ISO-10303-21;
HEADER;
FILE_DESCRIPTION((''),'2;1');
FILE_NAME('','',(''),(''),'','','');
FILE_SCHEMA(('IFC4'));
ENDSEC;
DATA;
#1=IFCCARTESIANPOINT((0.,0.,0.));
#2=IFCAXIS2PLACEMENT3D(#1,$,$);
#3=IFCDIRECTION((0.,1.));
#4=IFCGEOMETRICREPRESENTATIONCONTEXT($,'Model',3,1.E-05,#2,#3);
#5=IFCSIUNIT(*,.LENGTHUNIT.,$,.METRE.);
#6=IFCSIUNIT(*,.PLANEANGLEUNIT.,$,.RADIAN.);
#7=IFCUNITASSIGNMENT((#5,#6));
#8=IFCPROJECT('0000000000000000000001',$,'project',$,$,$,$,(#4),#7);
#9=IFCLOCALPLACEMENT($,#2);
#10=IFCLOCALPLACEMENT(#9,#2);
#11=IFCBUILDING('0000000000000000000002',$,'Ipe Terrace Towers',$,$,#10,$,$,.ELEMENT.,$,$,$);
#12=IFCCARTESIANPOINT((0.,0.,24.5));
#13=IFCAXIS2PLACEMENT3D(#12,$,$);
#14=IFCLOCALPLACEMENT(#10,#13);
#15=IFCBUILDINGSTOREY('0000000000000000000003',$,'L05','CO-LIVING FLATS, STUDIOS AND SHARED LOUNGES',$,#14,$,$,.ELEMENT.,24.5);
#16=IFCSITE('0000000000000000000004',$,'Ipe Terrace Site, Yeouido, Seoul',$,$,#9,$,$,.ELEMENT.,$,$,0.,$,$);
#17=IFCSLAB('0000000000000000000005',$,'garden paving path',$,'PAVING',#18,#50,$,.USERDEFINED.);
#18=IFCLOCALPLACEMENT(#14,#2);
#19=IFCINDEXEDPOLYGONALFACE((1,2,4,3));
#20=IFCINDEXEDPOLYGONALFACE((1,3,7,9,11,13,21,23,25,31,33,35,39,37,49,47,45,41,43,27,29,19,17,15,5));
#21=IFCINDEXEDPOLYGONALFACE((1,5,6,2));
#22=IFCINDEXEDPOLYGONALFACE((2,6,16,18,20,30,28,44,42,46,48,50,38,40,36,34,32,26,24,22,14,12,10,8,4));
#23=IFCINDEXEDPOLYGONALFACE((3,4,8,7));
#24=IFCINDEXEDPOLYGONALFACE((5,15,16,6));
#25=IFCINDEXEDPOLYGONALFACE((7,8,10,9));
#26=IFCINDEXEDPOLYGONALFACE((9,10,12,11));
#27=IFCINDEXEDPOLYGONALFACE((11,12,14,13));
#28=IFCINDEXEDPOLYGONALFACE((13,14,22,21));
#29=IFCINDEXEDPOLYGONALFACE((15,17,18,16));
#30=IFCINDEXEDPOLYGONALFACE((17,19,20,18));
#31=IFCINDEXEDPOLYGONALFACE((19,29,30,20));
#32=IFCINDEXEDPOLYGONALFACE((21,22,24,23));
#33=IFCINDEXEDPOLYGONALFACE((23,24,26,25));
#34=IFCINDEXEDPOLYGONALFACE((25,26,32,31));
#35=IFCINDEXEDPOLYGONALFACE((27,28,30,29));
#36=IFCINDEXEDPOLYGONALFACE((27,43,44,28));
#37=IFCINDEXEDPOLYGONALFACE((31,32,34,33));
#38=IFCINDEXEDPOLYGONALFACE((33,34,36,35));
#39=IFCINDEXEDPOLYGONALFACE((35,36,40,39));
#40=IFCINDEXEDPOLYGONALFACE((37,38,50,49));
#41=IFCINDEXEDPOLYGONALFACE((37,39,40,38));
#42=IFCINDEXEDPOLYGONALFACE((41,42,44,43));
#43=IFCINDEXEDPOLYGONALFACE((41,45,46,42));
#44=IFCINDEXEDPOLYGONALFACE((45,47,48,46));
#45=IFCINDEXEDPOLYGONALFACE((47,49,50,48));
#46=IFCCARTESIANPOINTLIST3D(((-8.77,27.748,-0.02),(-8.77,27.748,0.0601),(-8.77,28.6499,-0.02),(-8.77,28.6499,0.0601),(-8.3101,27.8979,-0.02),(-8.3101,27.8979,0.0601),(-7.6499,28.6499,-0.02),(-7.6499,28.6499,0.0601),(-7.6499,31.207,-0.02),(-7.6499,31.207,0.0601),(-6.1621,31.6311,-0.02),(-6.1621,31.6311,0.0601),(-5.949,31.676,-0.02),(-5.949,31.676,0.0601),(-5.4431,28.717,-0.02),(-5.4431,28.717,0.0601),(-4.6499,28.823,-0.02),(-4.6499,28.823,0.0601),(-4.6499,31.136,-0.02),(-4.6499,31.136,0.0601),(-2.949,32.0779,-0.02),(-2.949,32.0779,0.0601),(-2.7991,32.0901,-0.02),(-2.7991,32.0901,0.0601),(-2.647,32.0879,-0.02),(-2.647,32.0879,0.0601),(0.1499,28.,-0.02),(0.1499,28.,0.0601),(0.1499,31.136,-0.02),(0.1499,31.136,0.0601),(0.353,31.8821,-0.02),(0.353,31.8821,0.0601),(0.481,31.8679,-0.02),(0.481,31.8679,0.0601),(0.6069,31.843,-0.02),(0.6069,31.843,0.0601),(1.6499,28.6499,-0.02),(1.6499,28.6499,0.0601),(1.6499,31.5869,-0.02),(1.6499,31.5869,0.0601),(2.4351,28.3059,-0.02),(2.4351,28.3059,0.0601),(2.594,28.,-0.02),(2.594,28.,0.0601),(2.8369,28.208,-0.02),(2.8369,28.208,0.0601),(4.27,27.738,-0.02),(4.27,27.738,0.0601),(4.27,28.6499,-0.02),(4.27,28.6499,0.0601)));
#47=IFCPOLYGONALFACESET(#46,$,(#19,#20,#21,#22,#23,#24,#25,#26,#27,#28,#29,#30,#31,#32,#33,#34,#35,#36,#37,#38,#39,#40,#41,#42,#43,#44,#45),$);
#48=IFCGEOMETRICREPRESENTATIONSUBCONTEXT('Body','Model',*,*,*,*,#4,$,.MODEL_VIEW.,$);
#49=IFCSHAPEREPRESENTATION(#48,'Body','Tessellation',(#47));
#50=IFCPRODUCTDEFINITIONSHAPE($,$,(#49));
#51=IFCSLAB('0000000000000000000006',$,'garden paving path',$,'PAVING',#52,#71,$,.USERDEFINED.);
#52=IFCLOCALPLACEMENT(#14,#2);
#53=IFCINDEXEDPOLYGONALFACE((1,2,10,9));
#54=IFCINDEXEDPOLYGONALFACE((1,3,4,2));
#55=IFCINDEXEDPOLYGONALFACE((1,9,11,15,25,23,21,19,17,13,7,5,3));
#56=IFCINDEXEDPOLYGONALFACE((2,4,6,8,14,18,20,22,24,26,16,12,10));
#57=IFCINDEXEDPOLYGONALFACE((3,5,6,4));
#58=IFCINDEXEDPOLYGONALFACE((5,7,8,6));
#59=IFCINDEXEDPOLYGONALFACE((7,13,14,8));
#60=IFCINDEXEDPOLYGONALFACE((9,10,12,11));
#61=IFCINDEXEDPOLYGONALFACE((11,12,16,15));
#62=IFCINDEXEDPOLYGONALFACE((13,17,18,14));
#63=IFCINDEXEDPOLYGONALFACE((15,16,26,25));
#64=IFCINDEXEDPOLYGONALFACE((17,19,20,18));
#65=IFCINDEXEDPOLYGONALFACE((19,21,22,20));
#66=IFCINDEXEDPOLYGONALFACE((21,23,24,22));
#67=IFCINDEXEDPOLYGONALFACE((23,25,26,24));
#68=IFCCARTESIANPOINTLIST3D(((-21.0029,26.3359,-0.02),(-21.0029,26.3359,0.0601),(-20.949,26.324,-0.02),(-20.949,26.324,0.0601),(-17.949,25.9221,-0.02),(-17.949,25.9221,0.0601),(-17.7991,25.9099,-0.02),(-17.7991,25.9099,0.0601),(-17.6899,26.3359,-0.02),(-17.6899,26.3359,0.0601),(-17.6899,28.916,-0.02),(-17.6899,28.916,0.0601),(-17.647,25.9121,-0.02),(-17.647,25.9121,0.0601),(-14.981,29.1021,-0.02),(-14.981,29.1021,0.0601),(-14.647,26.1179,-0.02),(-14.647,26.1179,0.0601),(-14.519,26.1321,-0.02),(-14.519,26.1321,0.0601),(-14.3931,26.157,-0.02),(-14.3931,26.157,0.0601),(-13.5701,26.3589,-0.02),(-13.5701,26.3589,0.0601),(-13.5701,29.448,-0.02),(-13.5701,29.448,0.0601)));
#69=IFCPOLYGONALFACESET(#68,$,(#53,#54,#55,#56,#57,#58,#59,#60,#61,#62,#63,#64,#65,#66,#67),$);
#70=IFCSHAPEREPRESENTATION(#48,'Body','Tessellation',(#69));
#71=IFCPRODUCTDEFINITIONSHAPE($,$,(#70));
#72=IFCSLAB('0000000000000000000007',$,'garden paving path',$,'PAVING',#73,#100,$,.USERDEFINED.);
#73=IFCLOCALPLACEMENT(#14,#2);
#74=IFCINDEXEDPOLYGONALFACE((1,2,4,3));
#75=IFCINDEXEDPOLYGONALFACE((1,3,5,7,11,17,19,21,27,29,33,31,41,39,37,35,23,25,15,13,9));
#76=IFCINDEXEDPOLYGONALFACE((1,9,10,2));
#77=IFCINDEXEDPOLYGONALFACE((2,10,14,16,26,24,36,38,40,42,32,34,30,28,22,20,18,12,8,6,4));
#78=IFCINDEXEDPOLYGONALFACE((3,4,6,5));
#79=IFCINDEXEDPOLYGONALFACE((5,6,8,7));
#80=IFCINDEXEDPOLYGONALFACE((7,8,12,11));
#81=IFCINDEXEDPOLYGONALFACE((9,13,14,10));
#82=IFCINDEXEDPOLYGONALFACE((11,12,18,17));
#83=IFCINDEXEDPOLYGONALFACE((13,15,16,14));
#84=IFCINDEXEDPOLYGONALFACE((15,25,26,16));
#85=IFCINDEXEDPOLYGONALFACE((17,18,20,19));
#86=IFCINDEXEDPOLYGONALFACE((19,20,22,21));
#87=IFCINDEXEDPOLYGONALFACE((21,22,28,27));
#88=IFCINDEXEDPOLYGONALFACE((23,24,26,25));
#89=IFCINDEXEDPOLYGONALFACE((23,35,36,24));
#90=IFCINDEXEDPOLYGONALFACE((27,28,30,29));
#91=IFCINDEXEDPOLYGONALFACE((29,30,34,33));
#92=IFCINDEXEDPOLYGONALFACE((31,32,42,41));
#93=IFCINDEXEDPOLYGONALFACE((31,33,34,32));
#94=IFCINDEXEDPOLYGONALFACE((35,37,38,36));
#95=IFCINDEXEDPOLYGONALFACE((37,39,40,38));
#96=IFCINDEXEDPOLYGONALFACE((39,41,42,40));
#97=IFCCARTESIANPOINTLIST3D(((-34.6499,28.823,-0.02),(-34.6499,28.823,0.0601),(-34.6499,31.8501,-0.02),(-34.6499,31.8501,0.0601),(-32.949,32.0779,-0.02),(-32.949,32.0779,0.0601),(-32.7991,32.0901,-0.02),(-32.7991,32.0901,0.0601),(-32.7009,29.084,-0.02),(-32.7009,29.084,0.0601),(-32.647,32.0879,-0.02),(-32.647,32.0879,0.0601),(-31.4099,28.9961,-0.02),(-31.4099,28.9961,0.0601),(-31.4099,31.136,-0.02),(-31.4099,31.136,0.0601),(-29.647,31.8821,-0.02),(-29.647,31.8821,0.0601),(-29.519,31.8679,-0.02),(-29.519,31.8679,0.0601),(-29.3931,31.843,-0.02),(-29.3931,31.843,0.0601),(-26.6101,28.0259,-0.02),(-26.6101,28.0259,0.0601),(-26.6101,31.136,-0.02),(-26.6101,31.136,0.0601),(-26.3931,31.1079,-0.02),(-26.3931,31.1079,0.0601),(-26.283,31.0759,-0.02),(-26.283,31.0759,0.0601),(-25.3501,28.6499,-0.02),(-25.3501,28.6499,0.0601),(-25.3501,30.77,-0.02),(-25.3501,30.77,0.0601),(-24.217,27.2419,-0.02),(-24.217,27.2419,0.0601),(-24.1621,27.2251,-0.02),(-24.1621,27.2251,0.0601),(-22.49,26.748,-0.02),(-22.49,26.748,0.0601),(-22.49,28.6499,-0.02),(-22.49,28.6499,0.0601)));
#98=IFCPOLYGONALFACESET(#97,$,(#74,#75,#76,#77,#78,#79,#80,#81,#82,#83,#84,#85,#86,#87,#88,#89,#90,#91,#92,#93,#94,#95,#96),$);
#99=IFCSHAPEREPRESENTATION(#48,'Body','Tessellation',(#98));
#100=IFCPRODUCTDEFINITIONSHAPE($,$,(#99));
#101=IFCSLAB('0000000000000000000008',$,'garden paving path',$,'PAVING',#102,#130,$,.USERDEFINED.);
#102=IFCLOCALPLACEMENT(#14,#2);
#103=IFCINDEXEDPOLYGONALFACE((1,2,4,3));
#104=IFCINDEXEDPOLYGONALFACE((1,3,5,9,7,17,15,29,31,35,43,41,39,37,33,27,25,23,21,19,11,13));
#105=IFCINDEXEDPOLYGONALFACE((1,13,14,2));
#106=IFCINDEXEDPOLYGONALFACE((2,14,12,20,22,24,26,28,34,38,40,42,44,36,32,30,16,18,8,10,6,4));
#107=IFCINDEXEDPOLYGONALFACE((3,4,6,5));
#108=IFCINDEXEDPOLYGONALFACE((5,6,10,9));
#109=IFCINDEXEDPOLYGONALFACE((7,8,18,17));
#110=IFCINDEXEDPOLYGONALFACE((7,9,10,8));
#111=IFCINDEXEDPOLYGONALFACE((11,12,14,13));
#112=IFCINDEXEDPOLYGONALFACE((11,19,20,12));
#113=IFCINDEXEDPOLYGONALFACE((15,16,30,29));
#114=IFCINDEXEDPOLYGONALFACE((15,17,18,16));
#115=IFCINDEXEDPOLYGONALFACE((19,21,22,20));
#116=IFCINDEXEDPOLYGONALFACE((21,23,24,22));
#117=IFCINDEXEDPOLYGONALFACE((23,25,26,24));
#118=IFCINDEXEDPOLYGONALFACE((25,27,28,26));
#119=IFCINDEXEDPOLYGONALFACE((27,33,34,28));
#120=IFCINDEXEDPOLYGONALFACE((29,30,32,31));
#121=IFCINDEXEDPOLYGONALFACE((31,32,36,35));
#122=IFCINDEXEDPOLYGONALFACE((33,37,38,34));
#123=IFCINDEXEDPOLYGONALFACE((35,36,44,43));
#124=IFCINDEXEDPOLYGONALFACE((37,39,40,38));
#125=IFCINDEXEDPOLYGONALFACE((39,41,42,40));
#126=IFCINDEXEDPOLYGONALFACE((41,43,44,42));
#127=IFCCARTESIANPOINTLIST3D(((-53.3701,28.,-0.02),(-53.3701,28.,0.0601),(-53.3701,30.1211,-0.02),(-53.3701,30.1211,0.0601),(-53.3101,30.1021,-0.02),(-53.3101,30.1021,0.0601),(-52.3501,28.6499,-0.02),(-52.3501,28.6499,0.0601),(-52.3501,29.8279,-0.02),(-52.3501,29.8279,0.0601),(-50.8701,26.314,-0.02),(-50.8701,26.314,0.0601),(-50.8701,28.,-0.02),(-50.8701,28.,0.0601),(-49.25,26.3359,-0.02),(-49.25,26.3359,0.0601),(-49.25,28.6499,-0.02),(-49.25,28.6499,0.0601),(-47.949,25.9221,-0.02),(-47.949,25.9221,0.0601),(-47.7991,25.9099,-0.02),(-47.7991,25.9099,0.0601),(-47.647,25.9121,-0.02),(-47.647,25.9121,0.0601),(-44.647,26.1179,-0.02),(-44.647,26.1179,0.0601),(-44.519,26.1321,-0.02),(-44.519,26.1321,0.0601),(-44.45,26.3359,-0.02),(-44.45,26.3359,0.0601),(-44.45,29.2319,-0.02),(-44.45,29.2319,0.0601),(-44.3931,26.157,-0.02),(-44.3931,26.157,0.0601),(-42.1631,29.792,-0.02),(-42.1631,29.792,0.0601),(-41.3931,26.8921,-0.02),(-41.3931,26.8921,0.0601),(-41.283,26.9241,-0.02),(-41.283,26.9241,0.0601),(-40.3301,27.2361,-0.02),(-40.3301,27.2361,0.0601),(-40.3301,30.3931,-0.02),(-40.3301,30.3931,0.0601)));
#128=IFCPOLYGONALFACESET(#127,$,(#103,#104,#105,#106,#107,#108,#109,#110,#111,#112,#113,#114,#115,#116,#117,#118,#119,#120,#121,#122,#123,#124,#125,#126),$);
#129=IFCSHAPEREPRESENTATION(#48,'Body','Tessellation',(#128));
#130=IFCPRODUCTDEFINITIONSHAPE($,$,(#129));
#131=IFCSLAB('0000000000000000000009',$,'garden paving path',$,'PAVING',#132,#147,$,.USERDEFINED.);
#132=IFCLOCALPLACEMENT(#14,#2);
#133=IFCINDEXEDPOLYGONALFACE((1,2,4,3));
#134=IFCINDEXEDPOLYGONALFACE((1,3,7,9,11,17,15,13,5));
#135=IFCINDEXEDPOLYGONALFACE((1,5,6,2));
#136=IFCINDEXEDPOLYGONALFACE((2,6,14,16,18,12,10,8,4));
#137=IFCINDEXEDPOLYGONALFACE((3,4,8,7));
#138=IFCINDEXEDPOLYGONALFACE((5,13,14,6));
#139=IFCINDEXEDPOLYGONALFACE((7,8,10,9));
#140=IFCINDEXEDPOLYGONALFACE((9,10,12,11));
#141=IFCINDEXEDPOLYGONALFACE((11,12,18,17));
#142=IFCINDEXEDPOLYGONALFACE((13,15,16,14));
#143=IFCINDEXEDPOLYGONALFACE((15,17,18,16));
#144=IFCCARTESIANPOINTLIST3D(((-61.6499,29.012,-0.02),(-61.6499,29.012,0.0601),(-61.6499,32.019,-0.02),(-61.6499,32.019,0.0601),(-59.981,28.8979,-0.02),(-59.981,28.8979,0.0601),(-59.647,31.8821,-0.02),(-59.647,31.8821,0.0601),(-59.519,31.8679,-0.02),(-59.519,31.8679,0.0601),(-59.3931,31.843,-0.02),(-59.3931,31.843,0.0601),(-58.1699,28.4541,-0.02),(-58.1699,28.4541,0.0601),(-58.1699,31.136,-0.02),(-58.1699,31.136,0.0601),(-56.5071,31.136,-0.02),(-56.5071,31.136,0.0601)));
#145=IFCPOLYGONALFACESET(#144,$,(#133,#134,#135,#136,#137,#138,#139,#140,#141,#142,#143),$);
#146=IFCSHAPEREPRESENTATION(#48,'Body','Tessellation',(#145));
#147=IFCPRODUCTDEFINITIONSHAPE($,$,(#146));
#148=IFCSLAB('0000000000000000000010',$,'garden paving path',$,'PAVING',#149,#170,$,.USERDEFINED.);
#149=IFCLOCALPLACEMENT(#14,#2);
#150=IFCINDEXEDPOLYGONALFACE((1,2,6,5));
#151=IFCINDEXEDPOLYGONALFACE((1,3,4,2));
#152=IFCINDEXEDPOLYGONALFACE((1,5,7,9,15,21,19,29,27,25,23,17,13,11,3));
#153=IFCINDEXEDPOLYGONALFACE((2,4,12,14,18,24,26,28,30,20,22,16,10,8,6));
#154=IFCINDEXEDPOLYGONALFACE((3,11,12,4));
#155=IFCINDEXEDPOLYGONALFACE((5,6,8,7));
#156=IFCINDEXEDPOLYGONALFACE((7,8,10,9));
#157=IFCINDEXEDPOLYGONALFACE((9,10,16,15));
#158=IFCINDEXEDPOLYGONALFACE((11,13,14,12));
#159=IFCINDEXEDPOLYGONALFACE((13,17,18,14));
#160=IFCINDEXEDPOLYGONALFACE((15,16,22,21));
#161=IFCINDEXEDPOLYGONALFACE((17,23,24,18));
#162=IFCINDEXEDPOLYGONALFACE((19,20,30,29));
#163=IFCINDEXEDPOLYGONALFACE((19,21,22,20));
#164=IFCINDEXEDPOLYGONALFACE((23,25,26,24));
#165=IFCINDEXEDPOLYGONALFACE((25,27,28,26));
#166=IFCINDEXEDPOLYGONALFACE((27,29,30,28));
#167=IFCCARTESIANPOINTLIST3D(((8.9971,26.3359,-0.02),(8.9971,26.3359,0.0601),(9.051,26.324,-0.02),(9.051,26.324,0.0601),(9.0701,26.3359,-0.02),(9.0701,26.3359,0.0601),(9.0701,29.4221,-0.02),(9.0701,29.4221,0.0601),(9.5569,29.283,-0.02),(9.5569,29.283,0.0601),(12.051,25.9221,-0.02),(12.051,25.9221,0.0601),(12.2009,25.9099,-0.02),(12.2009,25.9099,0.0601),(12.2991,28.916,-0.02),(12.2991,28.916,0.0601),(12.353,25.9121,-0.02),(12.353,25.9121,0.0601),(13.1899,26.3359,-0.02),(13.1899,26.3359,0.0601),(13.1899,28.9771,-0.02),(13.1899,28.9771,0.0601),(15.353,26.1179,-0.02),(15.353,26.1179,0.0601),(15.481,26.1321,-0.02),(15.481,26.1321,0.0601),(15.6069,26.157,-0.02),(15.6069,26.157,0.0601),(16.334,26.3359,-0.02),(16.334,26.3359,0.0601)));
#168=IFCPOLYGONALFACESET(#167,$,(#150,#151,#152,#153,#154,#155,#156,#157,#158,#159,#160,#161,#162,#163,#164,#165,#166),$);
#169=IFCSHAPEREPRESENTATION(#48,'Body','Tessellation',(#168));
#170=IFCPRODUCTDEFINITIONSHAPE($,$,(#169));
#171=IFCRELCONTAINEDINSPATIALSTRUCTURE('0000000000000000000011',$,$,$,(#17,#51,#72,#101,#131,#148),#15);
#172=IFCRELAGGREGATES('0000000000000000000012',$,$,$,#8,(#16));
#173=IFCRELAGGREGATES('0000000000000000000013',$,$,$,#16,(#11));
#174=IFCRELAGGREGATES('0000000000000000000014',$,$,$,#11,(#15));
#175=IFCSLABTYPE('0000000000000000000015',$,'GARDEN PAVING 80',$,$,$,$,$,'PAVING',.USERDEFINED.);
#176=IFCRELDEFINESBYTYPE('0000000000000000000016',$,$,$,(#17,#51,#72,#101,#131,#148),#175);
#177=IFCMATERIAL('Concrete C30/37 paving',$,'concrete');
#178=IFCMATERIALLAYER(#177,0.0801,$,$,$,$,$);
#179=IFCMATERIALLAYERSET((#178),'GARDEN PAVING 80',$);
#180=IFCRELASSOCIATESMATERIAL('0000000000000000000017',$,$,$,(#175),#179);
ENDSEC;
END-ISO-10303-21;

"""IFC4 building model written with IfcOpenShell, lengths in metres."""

from ifc_helpers import new_model, si_unit, direction, frame, origin, place, context, subcontext, project, spatial, polyline, outline, extrude, material, layer, layer_set, type_object, element, save


model = new_model("IFC4")

# Units and contexts
model_context = context("Model", 3, precision=1e-05, world=origin(), true_north=direction((0.0, 1.0)))
body_context = subcontext(model_context, "Body", "Model", "MODEL_VIEW")
ifc_project = project(units=[si_unit("LENGTHUNIT", "METRE"), si_unit("PLANEANGLEUNIT", "RADIAN")], contexts=[model_context])

# Site, building, storey
site_placement = place(None, origin())
site = spatial("IfcSite", under=ifc_project, at=site_placement, Name="Ipe Terrace Site, Yeouido, Seoul", CompositionType="ELEMENT", RefElevation=0.0)
building_placement = place(site_placement, origin())
building = spatial("IfcBuilding", under=site, at=building_placement, Name="Ipe Terrace Towers", CompositionType="ELEMENT")
storey_placement = place(building_placement, frame((0.0, 0.0, 24.5)))
storey = spatial("IfcBuildingStorey", under=building, at=storey_placement, Name="L05", Description="CO-LIVING FLATS, STUDIOS AND SHARED LOUNGES", CompositionType="ELEMENT", Elevation=24.5)

# Slabs
ifc_material_1 = material(Name="Concrete C30/37 paving", Category="concrete")
ifc_layer_1 = layer(ifc_material_1, 0.0801)
ifc_layer_set_1 = layer_set([ifc_layer_1], Name="GARDEN PAVING 80")
slab_type_1 = type_object("IfcSlabType", Name="GARDEN PAVING 80", ElementType="PAVING", PredefinedType="USERDEFINED", material=ifc_layer_set_1)
slab_1_placement = place(storey_placement, frame((0.0, 0.0, -0.02)))
element("IfcSlab", 1, at=slab_1_placement, inside=storey, type_object=slab_type_1, Name="garden paving path", ObjectType="PAVING", PredefinedType="USERDEFINED", context=body_context, shape_type="SweptSolid", body=[
    extrude(outline(polyline([(-5.4431, 28.717), (-8.3101, 27.8979), (-8.77, 27.748), (-8.77, 28.6499), (-7.6499, 28.6499), (-7.6499, 31.207), (-6.1621, 31.6311), (-5.949, 31.676), (-2.949, 32.0779), (-2.7991, 32.0901), (-2.647, 32.0879), (0.353, 31.8821), (0.481, 31.8679), (0.6069, 31.843), (1.6499, 31.5869), (1.6499, 28.6499), (4.27, 28.6499), (4.27, 27.738), (2.8369, 28.208), (2.4351, 28.3059), (2.594, 28.0), (0.1499, 28.0), (0.1499, 31.136), (-4.6499, 31.136), (-4.6499, 28.823), (-5.4431, 28.717)])), origin(), (0.0, 0.0, 1.0), 0.0801),
])
slab_2_placement = place(storey_placement, frame((0.0, 0.0, -0.02)))
element("IfcSlab", 2, at=slab_2_placement, inside=storey, type_object=slab_type_1, Name="garden paving path", ObjectType="PAVING", PredefinedType="USERDEFINED", context=body_context, shape_type="SweptSolid", body=[
    extrude(outline(polyline([(-14.3931, 26.157), (-14.519, 26.1321), (-14.647, 26.1179), (-17.647, 25.9121), (-17.7991, 25.9099), (-17.949, 25.9221), (-20.949, 26.324), (-21.0029, 26.3359), (-17.6899, 26.3359), (-17.6899, 28.916), (-14.981, 29.1021), (-13.5701, 29.448), (-13.5701, 26.3589), (-14.3931, 26.157)])), origin(), (0.0, 0.0, 1.0), 0.0801),
])
slab_3_placement = place(storey_placement, frame((0.0, 0.0, -0.02)))
element("IfcSlab", 3, at=slab_3_placement, inside=storey, type_object=slab_type_1, Name="garden paving path", ObjectType="PAVING", PredefinedType="USERDEFINED", context=body_context, shape_type="SweptSolid", body=[
    extrude(outline(polyline([(-24.1621, 27.2251), (-24.217, 27.2419), (-26.6101, 28.0259), (-26.6101, 31.136), (-31.4099, 31.136), (-31.4099, 28.9961), (-32.7009, 29.084), (-34.6499, 28.823), (-34.6499, 31.8501), (-32.949, 32.0779), (-32.7991, 32.0901), (-32.647, 32.0879), (-29.647, 31.8821), (-29.519, 31.8679), (-29.3931, 31.843), (-26.3931, 31.1079), (-26.283, 31.0759), (-25.3501, 30.77), (-25.3501, 28.6499), (-22.49, 28.6499), (-22.49, 26.748), (-24.1621, 27.2251)])), origin(), (0.0, 0.0, 1.0), 0.0801),
])
slab_4_placement = place(storey_placement, frame((0.0, 0.0, -0.02)))
element("IfcSlab", 4, at=slab_4_placement, inside=storey, type_object=slab_type_1, Name="garden paving path", ObjectType="PAVING", PredefinedType="USERDEFINED", context=body_context, shape_type="SweptSolid", body=[
    extrude(outline(polyline([(-41.283, 26.9241), (-41.3931, 26.8921), (-44.3931, 26.157), (-44.519, 26.1321), (-44.647, 26.1179), (-47.647, 25.9121), (-47.7991, 25.9099), (-47.949, 25.9221), (-50.8701, 26.314), (-50.8701, 28.0), (-53.3701, 28.0), (-53.3701, 30.1211), (-53.3101, 30.1021), (-52.3501, 29.8279), (-52.3501, 28.6499), (-49.25, 28.6499), (-49.25, 26.3359), (-44.45, 26.3359), (-44.45, 29.2319), (-42.1631, 29.792), (-40.3301, 30.3931), (-40.3301, 27.2361), (-41.283, 26.9241)])), origin(), (0.0, 0.0, 1.0), 0.0801),
])
slab_5_placement = place(storey_placement, frame((0.0, 0.0, -0.02)))
element("IfcSlab", 5, at=slab_5_placement, inside=storey, type_object=slab_type_1, Name="garden paving path", ObjectType="PAVING", PredefinedType="USERDEFINED", context=body_context, shape_type="SweptSolid", body=[
    extrude(outline(polyline([(-59.981, 28.8979), (-61.6499, 29.012), (-61.6499, 32.019), (-59.647, 31.8821), (-59.519, 31.8679), (-59.3931, 31.843), (-56.5071, 31.136), (-58.1699, 31.136), (-58.1699, 28.4541), (-59.981, 28.8979)])), origin(), (0.0, 0.0, 1.0), 0.0801),
])
slab_6_placement = place(storey_placement, frame((0.0, 0.0, -0.02)))
element("IfcSlab", 6, at=slab_6_placement, inside=storey, type_object=slab_type_1, Name="garden paving path", ObjectType="PAVING", PredefinedType="USERDEFINED", context=body_context, shape_type="SweptSolid", body=[
    extrude(outline(polyline([(9.5569, 29.283), (12.2991, 28.916), (13.1899, 28.9771), (13.1899, 26.3359), (16.334, 26.3359), (15.6069, 26.157), (15.481, 26.1321), (15.353, 26.1179), (12.353, 25.9121), (12.2009, 25.9099), (12.051, 25.9221), (9.051, 26.324), (8.9971, 26.3359), (9.0701, 26.3359), (9.0701, 29.4221), (9.5569, 29.283)])), origin(), (0.0, 0.0, 1.0), 0.0801),
])

save(model, "model.ifc")
